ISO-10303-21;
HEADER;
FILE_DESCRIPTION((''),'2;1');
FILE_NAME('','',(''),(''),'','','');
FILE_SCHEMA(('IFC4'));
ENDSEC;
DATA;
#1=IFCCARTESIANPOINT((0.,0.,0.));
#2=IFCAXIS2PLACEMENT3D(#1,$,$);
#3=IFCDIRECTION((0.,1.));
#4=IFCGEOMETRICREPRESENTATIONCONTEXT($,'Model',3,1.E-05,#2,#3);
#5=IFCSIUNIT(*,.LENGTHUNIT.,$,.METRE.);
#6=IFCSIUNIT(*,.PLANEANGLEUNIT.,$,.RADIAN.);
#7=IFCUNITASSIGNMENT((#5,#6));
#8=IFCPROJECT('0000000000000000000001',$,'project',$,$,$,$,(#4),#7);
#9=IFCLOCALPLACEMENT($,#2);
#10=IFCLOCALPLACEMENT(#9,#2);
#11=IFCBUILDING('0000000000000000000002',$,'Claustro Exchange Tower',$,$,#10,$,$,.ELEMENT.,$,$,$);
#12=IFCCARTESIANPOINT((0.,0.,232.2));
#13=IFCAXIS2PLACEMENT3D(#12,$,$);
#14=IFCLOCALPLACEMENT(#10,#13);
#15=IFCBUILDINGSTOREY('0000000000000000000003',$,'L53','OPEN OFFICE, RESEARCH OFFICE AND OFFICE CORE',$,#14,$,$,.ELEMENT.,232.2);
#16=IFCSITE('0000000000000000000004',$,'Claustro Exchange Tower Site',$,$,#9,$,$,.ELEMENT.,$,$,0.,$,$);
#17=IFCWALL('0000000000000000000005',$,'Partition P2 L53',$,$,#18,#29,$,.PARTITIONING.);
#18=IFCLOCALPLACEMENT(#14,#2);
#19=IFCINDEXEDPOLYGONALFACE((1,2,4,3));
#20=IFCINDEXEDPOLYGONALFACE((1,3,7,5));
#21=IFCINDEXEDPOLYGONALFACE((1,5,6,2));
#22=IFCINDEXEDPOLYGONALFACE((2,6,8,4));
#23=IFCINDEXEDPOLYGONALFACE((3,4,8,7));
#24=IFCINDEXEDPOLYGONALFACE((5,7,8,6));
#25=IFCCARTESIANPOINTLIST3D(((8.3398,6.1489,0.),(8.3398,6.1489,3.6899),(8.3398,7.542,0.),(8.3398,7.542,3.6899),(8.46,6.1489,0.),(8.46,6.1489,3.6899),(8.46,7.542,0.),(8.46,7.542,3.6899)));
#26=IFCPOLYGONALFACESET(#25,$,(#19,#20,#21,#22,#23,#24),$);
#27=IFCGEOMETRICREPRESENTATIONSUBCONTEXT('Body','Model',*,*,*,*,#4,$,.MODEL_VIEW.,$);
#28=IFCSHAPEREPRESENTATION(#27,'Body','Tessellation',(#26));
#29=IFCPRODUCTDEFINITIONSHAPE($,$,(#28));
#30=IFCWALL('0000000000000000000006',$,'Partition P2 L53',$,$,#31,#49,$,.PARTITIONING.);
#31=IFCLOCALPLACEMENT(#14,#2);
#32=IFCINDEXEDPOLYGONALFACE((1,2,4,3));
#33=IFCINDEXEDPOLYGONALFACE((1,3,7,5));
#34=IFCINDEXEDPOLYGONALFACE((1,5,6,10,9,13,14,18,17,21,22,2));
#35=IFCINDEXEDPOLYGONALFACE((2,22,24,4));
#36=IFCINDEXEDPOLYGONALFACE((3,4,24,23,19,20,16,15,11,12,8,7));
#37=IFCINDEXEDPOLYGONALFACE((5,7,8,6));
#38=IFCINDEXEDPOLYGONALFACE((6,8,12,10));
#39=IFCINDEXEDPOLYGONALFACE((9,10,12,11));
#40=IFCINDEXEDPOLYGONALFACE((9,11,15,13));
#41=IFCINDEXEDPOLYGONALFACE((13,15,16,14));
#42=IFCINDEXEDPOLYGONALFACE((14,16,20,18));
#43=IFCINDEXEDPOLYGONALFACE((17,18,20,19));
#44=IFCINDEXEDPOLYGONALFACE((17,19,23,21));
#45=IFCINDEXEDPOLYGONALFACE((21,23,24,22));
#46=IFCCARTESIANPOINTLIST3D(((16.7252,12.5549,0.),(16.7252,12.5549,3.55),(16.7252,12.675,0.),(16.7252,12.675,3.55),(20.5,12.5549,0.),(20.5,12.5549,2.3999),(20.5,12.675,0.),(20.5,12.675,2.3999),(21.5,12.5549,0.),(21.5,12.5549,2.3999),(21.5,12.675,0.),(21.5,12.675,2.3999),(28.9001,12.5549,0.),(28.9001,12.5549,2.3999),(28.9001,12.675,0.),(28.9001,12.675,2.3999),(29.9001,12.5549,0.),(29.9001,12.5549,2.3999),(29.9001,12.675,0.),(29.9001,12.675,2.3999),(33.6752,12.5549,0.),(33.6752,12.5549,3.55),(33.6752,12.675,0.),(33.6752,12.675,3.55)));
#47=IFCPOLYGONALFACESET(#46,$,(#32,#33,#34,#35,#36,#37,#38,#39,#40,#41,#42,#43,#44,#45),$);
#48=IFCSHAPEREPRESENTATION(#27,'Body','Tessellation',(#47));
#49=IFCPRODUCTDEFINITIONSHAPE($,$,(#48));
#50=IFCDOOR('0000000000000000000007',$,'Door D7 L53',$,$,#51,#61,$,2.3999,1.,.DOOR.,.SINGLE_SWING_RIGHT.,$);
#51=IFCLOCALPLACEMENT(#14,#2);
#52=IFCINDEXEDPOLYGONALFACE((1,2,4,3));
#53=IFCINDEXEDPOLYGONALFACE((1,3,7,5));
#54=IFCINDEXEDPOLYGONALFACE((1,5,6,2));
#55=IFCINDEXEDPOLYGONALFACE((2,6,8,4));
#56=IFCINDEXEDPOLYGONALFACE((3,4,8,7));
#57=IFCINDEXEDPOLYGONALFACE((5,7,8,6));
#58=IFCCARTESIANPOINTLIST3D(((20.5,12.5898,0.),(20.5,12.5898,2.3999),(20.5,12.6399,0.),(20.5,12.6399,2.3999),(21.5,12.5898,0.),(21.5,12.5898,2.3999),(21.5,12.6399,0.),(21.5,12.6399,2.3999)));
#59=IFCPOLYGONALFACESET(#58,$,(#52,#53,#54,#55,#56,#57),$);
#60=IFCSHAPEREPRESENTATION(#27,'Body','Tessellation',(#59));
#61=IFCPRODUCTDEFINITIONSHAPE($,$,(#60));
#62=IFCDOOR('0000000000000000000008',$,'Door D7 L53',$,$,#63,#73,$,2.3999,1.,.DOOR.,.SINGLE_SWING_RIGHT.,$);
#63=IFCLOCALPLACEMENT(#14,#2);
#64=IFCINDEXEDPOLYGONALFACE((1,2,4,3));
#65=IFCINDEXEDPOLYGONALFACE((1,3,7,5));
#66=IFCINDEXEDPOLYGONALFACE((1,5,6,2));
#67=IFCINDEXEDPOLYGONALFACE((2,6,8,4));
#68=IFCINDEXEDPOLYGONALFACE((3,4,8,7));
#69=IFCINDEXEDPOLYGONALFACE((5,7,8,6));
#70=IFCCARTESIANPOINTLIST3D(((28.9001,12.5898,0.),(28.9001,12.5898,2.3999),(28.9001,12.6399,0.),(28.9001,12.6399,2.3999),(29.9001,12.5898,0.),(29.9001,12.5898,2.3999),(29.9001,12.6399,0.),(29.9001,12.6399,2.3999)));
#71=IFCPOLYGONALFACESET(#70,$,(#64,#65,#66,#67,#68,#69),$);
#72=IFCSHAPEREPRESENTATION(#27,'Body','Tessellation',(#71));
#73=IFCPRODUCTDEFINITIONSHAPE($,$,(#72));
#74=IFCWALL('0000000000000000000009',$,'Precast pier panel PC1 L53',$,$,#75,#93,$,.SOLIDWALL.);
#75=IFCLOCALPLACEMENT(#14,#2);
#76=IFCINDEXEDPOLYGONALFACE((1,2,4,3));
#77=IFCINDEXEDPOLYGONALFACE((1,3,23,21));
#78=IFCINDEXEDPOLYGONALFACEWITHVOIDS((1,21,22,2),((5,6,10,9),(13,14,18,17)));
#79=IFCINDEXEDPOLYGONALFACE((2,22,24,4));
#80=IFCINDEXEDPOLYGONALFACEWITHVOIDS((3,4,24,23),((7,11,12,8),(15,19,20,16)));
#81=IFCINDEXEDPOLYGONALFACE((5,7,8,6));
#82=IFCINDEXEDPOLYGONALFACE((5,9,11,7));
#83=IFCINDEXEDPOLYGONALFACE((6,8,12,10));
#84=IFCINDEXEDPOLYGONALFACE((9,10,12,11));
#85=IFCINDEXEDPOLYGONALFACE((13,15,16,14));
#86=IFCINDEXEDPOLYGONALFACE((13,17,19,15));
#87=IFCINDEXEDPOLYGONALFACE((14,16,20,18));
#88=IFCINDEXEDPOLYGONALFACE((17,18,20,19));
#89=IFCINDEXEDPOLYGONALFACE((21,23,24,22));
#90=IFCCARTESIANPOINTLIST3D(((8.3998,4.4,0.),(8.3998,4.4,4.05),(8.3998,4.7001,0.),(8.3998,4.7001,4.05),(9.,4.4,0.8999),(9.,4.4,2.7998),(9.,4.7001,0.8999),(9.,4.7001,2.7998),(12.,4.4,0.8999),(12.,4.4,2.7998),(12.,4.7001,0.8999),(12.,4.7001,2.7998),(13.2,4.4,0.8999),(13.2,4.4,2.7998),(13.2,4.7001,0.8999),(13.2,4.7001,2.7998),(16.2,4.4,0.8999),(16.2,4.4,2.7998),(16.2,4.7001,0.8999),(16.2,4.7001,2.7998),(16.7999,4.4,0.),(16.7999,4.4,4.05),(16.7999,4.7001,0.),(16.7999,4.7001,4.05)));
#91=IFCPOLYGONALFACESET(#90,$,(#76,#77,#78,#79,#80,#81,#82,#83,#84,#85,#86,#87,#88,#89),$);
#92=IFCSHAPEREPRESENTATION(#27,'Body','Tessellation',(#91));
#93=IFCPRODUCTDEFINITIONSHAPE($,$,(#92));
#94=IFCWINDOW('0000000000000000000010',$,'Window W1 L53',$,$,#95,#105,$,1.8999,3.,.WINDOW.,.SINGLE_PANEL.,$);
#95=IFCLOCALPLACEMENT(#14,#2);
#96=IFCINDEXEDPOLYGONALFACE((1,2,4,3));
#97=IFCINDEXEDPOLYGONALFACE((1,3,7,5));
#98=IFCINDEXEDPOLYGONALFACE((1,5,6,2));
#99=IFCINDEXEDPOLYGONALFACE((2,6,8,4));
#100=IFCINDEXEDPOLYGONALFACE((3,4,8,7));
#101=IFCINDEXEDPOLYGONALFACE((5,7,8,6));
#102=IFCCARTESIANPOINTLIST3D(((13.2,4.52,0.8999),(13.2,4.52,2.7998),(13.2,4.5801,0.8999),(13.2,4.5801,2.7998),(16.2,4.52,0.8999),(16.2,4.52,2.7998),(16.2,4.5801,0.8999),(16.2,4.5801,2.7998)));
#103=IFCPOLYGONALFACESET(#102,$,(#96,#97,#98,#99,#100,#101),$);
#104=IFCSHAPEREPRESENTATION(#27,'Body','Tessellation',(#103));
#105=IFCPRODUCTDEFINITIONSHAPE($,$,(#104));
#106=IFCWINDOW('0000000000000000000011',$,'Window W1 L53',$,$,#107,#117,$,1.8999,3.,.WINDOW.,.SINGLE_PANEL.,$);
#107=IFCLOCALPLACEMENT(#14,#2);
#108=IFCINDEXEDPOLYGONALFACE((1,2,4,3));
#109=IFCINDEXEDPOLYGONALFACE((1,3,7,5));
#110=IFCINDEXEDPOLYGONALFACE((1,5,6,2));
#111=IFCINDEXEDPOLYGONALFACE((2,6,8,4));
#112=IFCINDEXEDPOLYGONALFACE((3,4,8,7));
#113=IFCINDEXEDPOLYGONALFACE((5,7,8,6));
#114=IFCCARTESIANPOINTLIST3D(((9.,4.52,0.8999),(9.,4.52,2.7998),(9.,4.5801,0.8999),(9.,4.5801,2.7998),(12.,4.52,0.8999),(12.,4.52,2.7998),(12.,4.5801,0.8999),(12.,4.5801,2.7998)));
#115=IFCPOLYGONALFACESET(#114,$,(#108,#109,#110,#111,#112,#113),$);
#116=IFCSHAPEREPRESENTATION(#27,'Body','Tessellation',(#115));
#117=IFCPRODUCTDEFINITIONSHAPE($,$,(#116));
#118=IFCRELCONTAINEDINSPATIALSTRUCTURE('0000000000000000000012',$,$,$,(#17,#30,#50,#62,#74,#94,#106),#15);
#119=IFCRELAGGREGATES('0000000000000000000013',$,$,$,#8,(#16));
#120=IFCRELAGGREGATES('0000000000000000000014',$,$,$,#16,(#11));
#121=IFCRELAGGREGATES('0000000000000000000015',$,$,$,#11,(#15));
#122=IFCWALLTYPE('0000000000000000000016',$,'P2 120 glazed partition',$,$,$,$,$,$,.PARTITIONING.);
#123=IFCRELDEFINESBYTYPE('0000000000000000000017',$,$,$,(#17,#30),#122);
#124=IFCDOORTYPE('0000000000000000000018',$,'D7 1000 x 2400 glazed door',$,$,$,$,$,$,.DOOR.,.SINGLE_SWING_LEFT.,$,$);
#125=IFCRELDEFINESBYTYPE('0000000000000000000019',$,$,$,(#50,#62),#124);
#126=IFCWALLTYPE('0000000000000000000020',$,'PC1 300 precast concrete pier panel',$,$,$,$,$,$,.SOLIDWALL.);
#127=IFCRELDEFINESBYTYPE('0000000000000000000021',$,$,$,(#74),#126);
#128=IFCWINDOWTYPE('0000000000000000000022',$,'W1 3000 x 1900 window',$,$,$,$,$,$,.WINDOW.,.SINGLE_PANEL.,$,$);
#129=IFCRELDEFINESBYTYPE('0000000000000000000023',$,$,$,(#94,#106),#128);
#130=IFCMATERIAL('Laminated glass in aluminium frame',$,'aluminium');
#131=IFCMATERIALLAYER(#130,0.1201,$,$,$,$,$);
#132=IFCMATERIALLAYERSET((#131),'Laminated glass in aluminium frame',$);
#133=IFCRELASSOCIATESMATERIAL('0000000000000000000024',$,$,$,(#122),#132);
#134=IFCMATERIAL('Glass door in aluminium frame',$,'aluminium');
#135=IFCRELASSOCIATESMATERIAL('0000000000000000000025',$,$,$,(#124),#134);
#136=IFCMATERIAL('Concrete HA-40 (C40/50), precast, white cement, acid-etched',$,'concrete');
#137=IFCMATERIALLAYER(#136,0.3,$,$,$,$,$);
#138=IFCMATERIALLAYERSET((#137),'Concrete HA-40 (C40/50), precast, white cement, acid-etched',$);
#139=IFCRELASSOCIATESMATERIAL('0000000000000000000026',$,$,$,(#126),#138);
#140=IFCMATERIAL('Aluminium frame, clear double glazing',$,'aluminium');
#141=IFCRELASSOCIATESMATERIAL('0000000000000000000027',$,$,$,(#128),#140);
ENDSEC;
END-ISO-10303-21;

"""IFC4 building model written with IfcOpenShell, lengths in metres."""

from ifc_helpers import new_model, si_unit, direction, frame, frame_2d, origin, place, context, subcontext, project, spatial, rectangle, extrude, material, layer, layer_set, type_object, element, fill, save


model = new_model("IFC4")

# Units and contexts
model_context = context("Model", 3, precision=1e-05, world=origin(), true_north=direction((0.0, 1.0)))
body_context = subcontext(model_context, "Body", "Model", "MODEL_VIEW")
ifc_project = project(units=[si_unit("LENGTHUNIT", "METRE"), si_unit("PLANEANGLEUNIT", "RADIAN")], contexts=[model_context])

# Site, building, storey
site_placement = place(None, origin())
site = spatial("IfcSite", under=ifc_project, at=site_placement, Name="Claustro Exchange Tower Site", CompositionType="ELEMENT", RefElevation=0.0)
building_placement = place(site_placement, origin())
building = spatial("IfcBuilding", under=site, at=building_placement, Name="Claustro Exchange Tower", CompositionType="ELEMENT")
storey_placement = place(building_placement, frame((0.0, 0.0, 232.2)))
storey = spatial("IfcBuildingStorey", under=building, at=storey_placement, Name="L53", Description="OPEN OFFICE, RESEARCH OFFICE AND OFFICE CORE", CompositionType="ELEMENT", Elevation=232.2)

# Wall
ifc_material_1 = material(Name="Laminated glass in aluminium frame", Category="aluminium")
ifc_layer_1 = layer(ifc_material_1, 0.1201)
ifc_layer_set_1 = layer_set([ifc_layer_1], Name="Laminated glass in aluminium frame")
wall_type_1 = type_object("IfcWallType", Name="P2 120 glazed partition", PredefinedType="PARTITIONING", material=ifc_layer_set_1)
wall_1_placement = place(storey_placement, frame((8.3999, 6.1489, 0.0), z_axis=(0.0, 0.0, 1.0), x_axis=(0.0, 1.0, 0.0)))
element("IfcWall", 1, at=wall_1_placement, inside=storey, type_object=wall_type_1, Name="Partition P2 L53", PredefinedType="PARTITIONING", context=body_context, shape_type="SweptSolid", body=[
    extrude(rectangle(XDim=1.3931, YDim=0.1201, at=frame_2d((0.6965, 0.0))), origin(), (0.0, 0.0, 1.0), 3.6899),
])

# Wall, openings, doors
wall_2_placement = place(storey_placement, frame((16.7251, 12.615, 0.0), z_axis=(0.0, 0.0, 1.0), x_axis=(1.0, 0.0, 0.0)))
wall_2 = element("IfcWall", 2, at=wall_2_placement, inside=storey, type_object=wall_type_1, Name="Partition P2 L53", PredefinedType="PARTITIONING", context=body_context, shape_type="SweptSolid", body=[
    extrude(rectangle(XDim=16.95, YDim=0.1201, at=frame_2d((8.4751, 0.0))), origin(), (0.0, 0.0, 1.0), 3.55),
])
opening_1_placement = place(wall_2_placement, frame((3.7749, 0.0, 0.0)))
opening_1 = element("IfcOpeningElement", 3, at=opening_1_placement, cuts=wall_2, PredefinedType="OPENING", context=body_context, shape_type="SweptSolid", body=[
    extrude(rectangle(XDim=1.0, YDim=2.3999, at=frame_2d((0.5, 1.2))), frame((0.0, 0.0701, 0.0), z_axis=(0.0, -1.0, 0.0), x_axis=(1.0, 0.0, 0.0)), (0.0, 0.0, 1.0), 0.1401),
])
opening_2_placement = place(wall_2_placement, frame((12.175, 0.0, 0.0)))
opening_2 = element("IfcOpeningElement", 4, at=opening_2_placement, cuts=wall_2, PredefinedType="OPENING", context=body_context, shape_type="SweptSolid", body=[
    extrude(rectangle(XDim=1.0, YDim=2.3999, at=frame_2d((0.5, 1.2))), frame((0.0, 0.0701, 0.0), z_axis=(0.0, -1.0, 0.0), x_axis=(1.0, 0.0, 0.0)), (0.0, 0.0, 1.0), 0.1401),
])
ifc_material_2 = material(Name="Glass door in aluminium frame", Category="aluminium")
door_type_1 = type_object("IfcDoorType", Name="D7 1000 x 2400 glazed door", OperationType="SINGLE_SWING_LEFT", PredefinedType="DOOR", material=ifc_material_2)
door_1_placement = place(opening_1_placement, origin())
door_1 = element("IfcDoor", 5, at=door_1_placement, inside=storey, type_object=door_type_1, Name="Door D7 L53", OperationType="SINGLE_SWING_RIGHT", OverallHeight=2.3999, OverallWidth=1.0, PredefinedType="DOOR", context=body_context, shape_type="SweptSolid", body=[
    extrude(rectangle(XDim=1.0, YDim=2.3999, at=frame_2d((0.5, 1.2))), frame((0.0, 0.0249, 0.0), z_axis=(0.0, -1.0, 0.0), x_axis=(1.0, 0.0, 0.0)), (0.0, 0.0, 1.0), 0.05),
])
fill(opening_1, door_1)
door_2_placement = place(opening_2_placement, origin())
door_2 = element("IfcDoor", 6, at=door_2_placement, inside=storey, type_object=door_type_1, Name="Door D7 L53", OperationType="SINGLE_SWING_RIGHT", OverallHeight=2.3999, OverallWidth=1.0, PredefinedType="DOOR", context=body_context, shape_type="SweptSolid", body=[
    extrude(rectangle(XDim=1.0, YDim=2.3999, at=frame_2d((0.5, 1.2))), frame((0.0, 0.0249, 0.0), z_axis=(0.0, -1.0, 0.0), x_axis=(1.0, 0.0, 0.0)), (0.0, 0.0, 1.0), 0.05),
])
fill(opening_2, door_2)

# Wall, openings, windows
ifc_material_3 = material(Name="Concrete HA-40 (C40/50), precast, white cement, acid-etched", Category="concrete")
ifc_layer_2 = layer(ifc_material_3, 0.3)
ifc_layer_set_2 = layer_set([ifc_layer_2], Name="Concrete HA-40 (C40/50), precast, white cement, acid-etched")
wall_type_2 = type_object("IfcWallType", Name="PC1 300 precast concrete pier panel", PredefinedType="SOLIDWALL", material=ifc_layer_set_2)
wall_3_placement = place(storey_placement, frame((16.8, 4.55, 0.0), z_axis=(0.0, 0.0, 1.0), x_axis=(-1.0, 0.0, 0.0)))
wall_3 = element("IfcWall", 7, at=wall_3_placement, inside=storey, type_object=wall_type_2, Name="Precast pier panel PC1 L53", PredefinedType="SOLIDWALL", context=body_context, shape_type="SweptSolid", body=[
    extrude(rectangle(XDim=8.4001, YDim=0.3, at=frame_2d((4.2002, 0.0))), origin(), (0.0, 0.0, 1.0), 4.05),
])
opening_3_placement = place(wall_3_placement, frame((0.6001, 0.0, 0.8999)))
opening_3 = element("IfcOpeningElement", 8, at=opening_3_placement, cuts=wall_3, PredefinedType="OPENING", context=body_context, shape_type="SweptSolid", body=[
    extrude(rectangle(XDim=3.0, YDim=1.8999, at=frame_2d((1.5, 0.95))), frame((0.0, 0.1599, 0.0), z_axis=(0.0, -1.0, 0.0), x_axis=(1.0, 0.0, 0.0)), (0.0, 0.0, 1.0), 0.3201),
])
opening_4_placement = place(wall_3_placement, frame((4.8, 0.0, 0.8999)))
opening_4 = element("IfcOpeningElement", 9, at=opening_4_placement, cuts=wall_3, PredefinedType="OPENING", context=body_context, shape_type="SweptSolid", body=[
    extrude(rectangle(XDim=3.0, YDim=1.8999, at=frame_2d((1.5, 0.95))), frame((0.0, 0.1599, 0.0), z_axis=(0.0, -1.0, 0.0), x_axis=(1.0, 0.0, 0.0)), (0.0, 0.0, 1.0), 0.3201),
])
ifc_material_4 = material(Name="Aluminium frame, clear double glazing", Category="aluminium")
window_type = type_object("IfcWindowType", Name="W1 3000 x 1900 window", PartitioningType="SINGLE_PANEL", PredefinedType="WINDOW", material=ifc_material_4)
window_1_placement = place(opening_3_placement, origin())
window_1 = element("IfcWindow", 10, at=window_1_placement, inside=storey, type_object=window_type, Name="Window W1 L53", OverallHeight=1.8999, OverallWidth=3.0, PartitioningType="SINGLE_PANEL", PredefinedType="WINDOW", context=body_context, shape_type="SweptSolid", body=[
    extrude(rectangle(XDim=3.0, YDim=1.8999, at=frame_2d((1.5, 0.95))), frame((0.0, 0.03, 0.0), z_axis=(0.0, -1.0, 0.0), x_axis=(1.0, 0.0, 0.0)), (0.0, 0.0, 1.0), 0.0601),
])
fill(opening_3, window_1)
window_2_placement = place(opening_4_placement, origin())
window_2 = element("IfcWindow", 11, at=window_2_placement, inside=storey, type_object=window_type, Name="Window W1 L53", OverallHeight=1.8999, OverallWidth=3.0, PartitioningType="SINGLE_PANEL", PredefinedType="WINDOW", context=body_context, shape_type="SweptSolid", body=[
    extrude(rectangle(XDim=3.0, YDim=1.8999, at=frame_2d((1.5, 0.95))), frame((0.0, 0.03, 0.0), z_axis=(0.0, -1.0, 0.0), x_axis=(1.0, 0.0, 0.0)), (0.0, 0.0, 1.0), 0.0601),
])
fill(opening_4, window_2)

save(model, "model.ifc")
